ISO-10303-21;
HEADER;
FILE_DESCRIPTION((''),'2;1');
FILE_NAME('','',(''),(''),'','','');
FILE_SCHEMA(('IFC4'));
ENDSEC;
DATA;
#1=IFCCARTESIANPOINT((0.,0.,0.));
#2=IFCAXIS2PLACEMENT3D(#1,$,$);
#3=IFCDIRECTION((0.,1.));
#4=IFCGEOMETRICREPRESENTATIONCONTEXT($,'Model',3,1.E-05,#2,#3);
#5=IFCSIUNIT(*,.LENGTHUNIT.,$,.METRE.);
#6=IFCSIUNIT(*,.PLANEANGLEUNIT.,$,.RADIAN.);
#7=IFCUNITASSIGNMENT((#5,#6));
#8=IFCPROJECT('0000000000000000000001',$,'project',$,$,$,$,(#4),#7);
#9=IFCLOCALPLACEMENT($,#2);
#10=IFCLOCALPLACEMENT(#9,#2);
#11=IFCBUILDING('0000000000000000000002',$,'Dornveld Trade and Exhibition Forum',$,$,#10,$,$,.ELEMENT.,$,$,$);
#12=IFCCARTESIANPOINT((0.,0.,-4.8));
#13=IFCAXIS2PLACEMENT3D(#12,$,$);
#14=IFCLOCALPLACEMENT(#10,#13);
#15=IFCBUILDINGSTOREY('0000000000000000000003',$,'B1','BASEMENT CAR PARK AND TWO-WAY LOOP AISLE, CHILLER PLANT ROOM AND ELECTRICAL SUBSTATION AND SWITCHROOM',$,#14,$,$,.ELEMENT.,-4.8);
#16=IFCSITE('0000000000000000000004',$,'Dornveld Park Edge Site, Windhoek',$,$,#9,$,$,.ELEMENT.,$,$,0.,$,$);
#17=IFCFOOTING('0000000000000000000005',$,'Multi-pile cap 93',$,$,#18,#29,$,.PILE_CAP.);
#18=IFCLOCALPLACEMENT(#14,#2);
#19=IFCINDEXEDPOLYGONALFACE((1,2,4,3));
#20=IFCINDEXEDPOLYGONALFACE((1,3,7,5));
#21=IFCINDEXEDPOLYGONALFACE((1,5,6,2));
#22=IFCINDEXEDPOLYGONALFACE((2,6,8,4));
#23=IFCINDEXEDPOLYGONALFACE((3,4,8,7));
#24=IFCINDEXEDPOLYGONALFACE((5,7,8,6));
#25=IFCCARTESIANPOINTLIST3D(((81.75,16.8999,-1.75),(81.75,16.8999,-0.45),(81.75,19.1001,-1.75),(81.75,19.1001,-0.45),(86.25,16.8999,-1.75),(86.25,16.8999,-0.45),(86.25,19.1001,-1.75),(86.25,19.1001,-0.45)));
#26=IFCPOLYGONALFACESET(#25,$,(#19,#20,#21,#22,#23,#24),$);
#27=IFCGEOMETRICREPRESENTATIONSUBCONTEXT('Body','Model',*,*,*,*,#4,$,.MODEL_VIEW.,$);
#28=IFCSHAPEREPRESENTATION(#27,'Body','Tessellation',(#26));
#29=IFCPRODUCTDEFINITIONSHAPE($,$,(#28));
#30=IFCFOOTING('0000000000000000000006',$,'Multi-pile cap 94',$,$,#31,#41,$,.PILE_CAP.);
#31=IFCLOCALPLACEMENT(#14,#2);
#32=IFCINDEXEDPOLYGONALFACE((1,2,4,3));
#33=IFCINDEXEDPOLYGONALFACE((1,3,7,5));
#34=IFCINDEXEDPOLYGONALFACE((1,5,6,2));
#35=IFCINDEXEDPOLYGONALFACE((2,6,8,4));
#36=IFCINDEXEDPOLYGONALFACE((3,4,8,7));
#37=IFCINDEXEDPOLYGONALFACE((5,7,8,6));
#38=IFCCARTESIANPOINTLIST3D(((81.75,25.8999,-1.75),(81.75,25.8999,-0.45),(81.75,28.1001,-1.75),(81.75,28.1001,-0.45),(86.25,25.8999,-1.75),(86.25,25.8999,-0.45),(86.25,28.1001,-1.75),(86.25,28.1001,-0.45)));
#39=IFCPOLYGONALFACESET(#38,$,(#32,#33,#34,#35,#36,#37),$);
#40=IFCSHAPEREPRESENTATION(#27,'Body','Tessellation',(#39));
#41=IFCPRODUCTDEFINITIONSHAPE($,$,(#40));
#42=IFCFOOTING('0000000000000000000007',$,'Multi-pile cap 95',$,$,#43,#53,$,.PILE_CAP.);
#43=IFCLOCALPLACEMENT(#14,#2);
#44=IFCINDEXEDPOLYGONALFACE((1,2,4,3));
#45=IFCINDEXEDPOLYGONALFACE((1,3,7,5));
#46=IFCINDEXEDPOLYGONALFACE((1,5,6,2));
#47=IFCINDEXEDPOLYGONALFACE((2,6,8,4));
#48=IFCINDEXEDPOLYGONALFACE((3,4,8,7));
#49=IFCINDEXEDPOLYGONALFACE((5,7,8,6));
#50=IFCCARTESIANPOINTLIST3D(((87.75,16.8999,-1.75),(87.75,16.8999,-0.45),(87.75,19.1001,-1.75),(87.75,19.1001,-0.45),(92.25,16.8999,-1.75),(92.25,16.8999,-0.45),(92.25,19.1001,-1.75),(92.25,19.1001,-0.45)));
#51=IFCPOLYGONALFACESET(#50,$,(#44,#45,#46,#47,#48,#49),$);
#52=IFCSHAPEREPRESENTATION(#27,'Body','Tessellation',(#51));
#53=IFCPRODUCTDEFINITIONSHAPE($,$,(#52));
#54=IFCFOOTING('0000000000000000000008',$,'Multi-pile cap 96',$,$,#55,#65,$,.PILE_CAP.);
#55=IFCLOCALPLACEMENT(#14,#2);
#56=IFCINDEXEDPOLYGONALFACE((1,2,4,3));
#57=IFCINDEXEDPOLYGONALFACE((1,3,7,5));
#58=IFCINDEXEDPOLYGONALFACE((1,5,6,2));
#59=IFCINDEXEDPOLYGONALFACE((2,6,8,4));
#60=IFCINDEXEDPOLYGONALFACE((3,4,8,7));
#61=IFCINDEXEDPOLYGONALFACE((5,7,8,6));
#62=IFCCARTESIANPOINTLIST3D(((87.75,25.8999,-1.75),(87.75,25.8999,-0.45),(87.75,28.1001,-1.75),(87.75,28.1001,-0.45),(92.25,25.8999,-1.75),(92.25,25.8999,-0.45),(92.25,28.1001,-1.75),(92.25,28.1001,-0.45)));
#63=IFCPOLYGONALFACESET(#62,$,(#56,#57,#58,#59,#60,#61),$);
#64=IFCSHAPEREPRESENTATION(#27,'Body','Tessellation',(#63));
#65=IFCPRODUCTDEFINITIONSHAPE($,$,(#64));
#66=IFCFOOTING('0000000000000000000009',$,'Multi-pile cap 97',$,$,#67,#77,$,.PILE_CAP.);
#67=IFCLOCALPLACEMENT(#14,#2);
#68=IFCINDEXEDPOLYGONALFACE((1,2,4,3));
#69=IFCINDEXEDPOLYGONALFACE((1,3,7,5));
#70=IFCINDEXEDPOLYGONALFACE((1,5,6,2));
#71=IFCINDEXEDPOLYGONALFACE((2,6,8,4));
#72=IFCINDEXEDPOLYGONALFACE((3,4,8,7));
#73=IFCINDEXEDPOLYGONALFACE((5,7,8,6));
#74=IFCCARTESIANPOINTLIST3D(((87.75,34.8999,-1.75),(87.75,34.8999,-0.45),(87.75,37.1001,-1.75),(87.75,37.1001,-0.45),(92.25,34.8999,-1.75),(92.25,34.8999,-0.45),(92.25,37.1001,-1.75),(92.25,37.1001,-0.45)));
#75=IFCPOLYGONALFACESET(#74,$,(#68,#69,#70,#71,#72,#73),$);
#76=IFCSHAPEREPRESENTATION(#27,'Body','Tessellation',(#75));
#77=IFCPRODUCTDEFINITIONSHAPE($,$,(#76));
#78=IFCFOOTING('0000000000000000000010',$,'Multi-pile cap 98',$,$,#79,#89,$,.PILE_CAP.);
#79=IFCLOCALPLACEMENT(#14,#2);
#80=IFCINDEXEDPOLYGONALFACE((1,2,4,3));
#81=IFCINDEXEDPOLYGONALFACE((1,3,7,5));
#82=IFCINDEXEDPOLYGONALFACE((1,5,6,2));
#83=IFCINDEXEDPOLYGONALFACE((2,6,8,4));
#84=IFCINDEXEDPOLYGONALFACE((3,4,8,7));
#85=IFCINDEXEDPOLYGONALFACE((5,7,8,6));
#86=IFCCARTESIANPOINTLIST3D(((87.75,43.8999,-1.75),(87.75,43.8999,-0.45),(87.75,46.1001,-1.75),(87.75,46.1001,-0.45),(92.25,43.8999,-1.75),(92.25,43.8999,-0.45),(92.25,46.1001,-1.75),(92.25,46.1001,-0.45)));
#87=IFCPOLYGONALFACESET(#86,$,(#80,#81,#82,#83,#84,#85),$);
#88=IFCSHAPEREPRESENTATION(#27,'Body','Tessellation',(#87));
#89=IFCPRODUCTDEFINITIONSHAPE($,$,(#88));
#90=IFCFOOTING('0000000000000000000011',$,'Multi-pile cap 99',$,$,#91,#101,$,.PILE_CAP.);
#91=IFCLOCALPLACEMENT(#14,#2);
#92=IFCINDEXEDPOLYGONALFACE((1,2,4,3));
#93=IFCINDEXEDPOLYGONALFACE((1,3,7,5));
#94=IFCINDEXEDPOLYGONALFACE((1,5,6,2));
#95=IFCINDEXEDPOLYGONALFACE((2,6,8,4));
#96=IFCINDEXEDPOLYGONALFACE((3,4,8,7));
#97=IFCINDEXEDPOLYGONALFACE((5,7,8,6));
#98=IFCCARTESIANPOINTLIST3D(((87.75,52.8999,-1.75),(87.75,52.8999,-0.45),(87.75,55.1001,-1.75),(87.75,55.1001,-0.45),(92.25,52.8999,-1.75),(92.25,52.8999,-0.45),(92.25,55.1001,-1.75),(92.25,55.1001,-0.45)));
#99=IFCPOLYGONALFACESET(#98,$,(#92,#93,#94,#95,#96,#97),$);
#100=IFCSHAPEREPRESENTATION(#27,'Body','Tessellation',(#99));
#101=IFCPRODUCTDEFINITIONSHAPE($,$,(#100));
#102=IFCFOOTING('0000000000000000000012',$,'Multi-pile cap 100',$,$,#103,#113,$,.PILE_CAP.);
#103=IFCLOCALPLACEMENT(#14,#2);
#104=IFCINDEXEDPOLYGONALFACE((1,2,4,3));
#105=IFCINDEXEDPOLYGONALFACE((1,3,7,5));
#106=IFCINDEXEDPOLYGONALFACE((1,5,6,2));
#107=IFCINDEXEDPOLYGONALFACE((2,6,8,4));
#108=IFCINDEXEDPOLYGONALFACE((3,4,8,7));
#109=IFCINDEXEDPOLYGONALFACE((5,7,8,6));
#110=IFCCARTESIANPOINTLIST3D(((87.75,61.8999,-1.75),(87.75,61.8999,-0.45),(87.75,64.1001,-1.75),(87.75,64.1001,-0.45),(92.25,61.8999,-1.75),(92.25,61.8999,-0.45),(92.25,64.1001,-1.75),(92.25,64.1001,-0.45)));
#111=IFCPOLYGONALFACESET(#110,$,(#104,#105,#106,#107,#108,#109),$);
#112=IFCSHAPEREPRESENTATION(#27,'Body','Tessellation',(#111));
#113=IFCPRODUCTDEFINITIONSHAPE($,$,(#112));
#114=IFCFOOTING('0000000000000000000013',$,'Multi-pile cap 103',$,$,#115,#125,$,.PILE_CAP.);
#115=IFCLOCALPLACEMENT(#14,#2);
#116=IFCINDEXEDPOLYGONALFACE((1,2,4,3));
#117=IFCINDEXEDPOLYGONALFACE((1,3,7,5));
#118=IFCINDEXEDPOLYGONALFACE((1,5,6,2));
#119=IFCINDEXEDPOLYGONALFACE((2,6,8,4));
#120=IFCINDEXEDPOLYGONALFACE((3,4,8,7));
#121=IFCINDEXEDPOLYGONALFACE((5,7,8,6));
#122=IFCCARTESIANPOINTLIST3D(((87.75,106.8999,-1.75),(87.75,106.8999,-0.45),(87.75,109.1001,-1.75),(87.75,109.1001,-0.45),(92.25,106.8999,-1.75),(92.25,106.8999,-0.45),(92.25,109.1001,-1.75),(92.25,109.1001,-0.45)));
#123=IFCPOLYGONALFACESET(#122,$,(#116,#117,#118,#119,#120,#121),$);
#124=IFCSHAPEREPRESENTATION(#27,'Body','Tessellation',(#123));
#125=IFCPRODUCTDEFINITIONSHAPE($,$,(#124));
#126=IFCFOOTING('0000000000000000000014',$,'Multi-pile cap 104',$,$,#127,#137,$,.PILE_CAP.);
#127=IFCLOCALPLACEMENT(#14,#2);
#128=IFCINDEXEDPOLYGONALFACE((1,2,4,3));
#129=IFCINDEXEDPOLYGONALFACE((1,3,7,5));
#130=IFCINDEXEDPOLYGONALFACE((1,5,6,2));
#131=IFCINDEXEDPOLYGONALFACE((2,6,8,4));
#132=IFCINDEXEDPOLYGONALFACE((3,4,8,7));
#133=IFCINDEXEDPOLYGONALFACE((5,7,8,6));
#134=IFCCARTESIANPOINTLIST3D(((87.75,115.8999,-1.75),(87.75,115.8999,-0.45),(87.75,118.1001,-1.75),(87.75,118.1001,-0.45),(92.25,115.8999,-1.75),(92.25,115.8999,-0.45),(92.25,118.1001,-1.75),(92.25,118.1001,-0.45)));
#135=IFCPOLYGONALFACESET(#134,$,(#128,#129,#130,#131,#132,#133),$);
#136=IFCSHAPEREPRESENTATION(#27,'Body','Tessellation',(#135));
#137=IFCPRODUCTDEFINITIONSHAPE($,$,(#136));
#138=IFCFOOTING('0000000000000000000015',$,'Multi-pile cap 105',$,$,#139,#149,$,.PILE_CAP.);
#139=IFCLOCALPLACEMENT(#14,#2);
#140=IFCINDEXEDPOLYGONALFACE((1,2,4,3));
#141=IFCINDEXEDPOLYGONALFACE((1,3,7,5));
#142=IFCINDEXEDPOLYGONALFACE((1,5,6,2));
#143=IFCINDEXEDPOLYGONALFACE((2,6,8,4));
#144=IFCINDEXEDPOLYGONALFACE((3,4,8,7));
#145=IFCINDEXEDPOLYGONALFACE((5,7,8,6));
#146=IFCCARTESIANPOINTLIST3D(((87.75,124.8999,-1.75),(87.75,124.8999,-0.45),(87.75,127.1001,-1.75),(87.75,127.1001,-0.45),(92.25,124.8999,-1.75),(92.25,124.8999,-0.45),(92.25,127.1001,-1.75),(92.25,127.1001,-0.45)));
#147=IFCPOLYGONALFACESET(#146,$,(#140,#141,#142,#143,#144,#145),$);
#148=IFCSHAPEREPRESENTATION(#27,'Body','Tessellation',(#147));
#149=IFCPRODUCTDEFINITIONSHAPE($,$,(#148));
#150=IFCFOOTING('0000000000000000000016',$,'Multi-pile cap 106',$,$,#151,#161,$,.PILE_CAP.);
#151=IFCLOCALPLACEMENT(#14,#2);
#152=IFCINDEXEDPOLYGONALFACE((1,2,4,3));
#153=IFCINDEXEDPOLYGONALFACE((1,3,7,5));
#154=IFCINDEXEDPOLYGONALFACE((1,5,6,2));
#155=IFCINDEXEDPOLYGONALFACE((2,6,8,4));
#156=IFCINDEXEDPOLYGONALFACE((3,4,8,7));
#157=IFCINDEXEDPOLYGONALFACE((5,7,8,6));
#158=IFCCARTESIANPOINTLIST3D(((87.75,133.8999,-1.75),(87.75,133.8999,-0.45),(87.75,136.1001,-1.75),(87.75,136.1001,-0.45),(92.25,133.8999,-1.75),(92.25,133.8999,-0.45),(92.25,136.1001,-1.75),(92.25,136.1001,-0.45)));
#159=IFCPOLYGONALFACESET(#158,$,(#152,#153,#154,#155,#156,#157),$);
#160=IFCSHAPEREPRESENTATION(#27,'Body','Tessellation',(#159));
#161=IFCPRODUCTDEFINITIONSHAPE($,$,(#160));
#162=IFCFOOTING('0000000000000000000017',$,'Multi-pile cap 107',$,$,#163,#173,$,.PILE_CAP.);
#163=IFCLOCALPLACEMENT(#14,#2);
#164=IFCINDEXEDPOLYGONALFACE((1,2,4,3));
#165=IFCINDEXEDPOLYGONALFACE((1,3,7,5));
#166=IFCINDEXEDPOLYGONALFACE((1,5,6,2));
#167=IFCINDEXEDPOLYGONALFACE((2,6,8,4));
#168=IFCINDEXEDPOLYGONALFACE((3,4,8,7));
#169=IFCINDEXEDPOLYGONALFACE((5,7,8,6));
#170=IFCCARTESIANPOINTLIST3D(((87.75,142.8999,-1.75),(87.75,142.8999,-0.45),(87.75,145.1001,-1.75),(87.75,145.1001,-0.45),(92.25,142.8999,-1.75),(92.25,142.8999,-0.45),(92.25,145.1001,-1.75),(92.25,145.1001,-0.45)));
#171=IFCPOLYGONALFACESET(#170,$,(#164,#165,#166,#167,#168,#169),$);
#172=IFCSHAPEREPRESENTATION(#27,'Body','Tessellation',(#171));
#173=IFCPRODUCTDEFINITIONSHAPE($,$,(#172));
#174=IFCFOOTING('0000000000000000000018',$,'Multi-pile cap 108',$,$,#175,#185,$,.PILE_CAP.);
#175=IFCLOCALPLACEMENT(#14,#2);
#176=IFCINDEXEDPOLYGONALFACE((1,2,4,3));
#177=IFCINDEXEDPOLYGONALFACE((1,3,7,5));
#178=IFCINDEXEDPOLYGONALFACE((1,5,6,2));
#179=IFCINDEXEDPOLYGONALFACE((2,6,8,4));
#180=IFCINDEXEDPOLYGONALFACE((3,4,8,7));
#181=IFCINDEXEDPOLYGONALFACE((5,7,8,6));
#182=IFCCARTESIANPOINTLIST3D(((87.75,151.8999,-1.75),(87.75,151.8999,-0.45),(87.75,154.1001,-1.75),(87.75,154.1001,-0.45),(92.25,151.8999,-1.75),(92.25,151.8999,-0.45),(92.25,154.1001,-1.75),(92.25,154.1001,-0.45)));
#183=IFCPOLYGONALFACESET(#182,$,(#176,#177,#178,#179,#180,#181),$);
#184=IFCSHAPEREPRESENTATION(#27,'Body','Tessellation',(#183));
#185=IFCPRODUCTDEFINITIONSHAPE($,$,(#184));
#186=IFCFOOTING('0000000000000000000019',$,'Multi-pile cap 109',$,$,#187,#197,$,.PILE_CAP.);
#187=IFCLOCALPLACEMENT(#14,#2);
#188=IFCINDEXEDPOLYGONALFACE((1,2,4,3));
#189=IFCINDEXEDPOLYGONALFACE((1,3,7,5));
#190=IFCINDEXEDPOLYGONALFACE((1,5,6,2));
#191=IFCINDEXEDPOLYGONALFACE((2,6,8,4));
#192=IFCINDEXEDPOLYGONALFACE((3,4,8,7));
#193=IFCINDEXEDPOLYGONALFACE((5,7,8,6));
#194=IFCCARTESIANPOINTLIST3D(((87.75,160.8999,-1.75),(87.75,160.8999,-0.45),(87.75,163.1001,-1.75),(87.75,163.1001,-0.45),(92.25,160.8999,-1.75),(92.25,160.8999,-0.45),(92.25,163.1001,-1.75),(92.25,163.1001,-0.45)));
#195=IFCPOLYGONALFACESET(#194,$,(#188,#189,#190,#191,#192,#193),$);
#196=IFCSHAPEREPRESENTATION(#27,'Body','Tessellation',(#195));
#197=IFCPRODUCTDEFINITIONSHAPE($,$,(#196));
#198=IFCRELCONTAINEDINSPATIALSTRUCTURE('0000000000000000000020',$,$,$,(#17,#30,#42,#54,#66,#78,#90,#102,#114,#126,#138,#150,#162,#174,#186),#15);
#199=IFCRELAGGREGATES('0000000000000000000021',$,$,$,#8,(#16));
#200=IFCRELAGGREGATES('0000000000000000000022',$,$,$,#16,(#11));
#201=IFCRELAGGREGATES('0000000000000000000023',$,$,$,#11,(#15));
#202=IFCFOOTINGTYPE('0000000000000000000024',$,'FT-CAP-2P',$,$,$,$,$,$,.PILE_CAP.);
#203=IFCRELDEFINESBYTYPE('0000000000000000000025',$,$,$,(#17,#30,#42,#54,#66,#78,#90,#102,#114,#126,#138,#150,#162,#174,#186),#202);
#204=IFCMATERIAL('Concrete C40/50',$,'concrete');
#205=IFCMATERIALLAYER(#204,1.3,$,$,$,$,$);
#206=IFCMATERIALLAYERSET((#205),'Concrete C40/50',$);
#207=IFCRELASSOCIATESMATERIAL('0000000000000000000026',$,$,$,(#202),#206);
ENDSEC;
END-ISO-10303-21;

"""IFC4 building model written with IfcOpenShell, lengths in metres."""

from ifc_helpers import new_model, si_unit, direction, frame, origin, place, context, subcontext, project, spatial, polyline, outline, extrude, material, layer, layer_set, type_object, element, save


model = new_model("IFC4")

# Units and contexts
model_context = context("Model", 3, precision=1e-05, world=origin(), true_north=direction((0.0, 1.0)))
body_context = subcontext(model_context, "Body", "Model", "MODEL_VIEW")
ifc_project = project(units=[si_unit("LENGTHUNIT", "METRE"), si_unit("PLANEANGLEUNIT", "RADIAN")], contexts=[model_context])

# Site, building, storey
site_placement = place(None, origin())
site = spatial("IfcSite", under=ifc_project, at=site_placement, Name="Dornveld Park Edge Site, Windhoek", CompositionType="ELEMENT", RefElevation=0.0)
building_placement = place(site_placement, origin())
building = spatial("IfcBuilding", under=site, at=building_placement, Name="Dornveld Trade and Exhibition Forum", CompositionType="ELEMENT")
storey_placement = place(building_placement, frame((0.0, 0.0, -4.8)))
storey = spatial("IfcBuildingStorey", under=building, at=storey_placement, Name="B1", Description="BASEMENT CAR PARK AND TWO-WAY LOOP AISLE, CHILLER PLANT ROOM AND ELECTRICAL SUBSTATION AND SWITCHROOM", CompositionType="ELEMENT", Elevation=-4.8)

# Footings
ifc_material = material(Name="Concrete C40/50", Category="concrete")
ifc_layer = layer(ifc_material, 1.3)
ifc_layer_set = layer_set([ifc_layer], Name="Concrete C40/50")
footing_type = type_object("IfcFootingType", Name="FT-CAP-2P", PredefinedType="PILE_CAP", material=ifc_layer_set)
footing_1_placement = place(storey_placement, frame((0.0, 0.0, -1.75)))
element("IfcFooting", 1, at=footing_1_placement, inside=storey, type_object=footing_type, Name="Multi-pile cap 93", PredefinedType="PILE_CAP", context=body_context, shape_type="SweptSolid", body=[
    extrude(outline(polyline([(81.75, 16.8999), (86.25, 16.8999), (86.25, 19.1001), (81.75, 19.1001), (81.75, 16.8999)])), origin(), (0.0, 0.0, 1.0), 1.3),
])
footing_2_placement = place(storey_placement, frame((0.0, 0.0, -1.75)))
element("IfcFooting", 2, at=footing_2_placement, inside=storey, type_object=footing_type, Name="Multi-pile cap 94", PredefinedType="PILE_CAP", context=body_context, shape_type="SweptSolid", body=[
    extrude(outline(polyline([(81.75, 25.8999), (86.25, 25.8999), (86.25, 28.1001), (81.75, 28.1001), (81.75, 25.8999)])), origin(), (0.0, 0.0, 1.0), 1.3),
])
footing_3_placement = place(storey_placement, frame((0.0, 0.0, -1.75)))
element("IfcFooting", 3, at=footing_3_placement, inside=storey, type_object=footing_type, Name="Multi-pile cap 95", PredefinedType="PILE_CAP", context=body_context, shape_type="SweptSolid", body=[
    extrude(outline(polyline([(87.75, 16.8999), (92.25, 16.8999), (92.25, 19.1001), (87.75, 19.1001), (87.75, 16.8999)])), origin(), (0.0, 0.0, 1.0), 1.3),
])
footing_4_placement = place(storey_placement, frame((0.0, 0.0, -1.75)))
element("IfcFooting", 4, at=footing_4_placement, inside=storey, type_object=footing_type, Name="Multi-pile cap 96", PredefinedType="PILE_CAP", context=body_context, shape_type="SweptSolid", body=[
    extrude(outline(polyline([(87.75, 25.8999), (92.25, 25.8999), (92.25, 28.1001), (87.75, 28.1001), (87.75, 25.8999)])), origin(), (0.0, 0.0, 1.0), 1.3),
])
footing_5_placement = place(storey_placement, frame((0.0, 0.0, -1.75)))
element("IfcFooting", 5, at=footing_5_placement, inside=storey, type_object=footing_type, Name="Multi-pile cap 97", PredefinedType="PILE_CAP", context=body_context, shape_type="SweptSolid", body=[
    extrude(outline(polyline([(87.75, 34.8999), (92.25, 34.8999), (92.25, 37.1001), (87.75, 37.1001), (87.75, 34.8999)])), origin(), (0.0, 0.0, 1.0), 1.3),
])
footing_6_placement = place(storey_placement, frame((0.0, 0.0, -1.75)))
element("IfcFooting", 6, at=footing_6_placement, inside=storey, type_object=footing_type, Name="Multi-pile cap 98", PredefinedType="PILE_CAP", context=body_context, shape_type="SweptSolid", body=[
    extrude(outline(polyline([(87.75, 43.8999), (92.25, 43.8999), (92.25, 46.1001), (87.75, 46.1001), (87.75, 43.8999)])), origin(), (0.0, 0.0, 1.0), 1.3),
])
footing_7_placement = place(storey_placement, frame((0.0, 0.0, -1.75)))
element("IfcFooting", 7, at=footing_7_placement, inside=storey, type_object=footing_type, Name="Multi-pile cap 99", PredefinedType="PILE_CAP", context=body_context, shape_type="SweptSolid", body=[
    extrude(outline(polyline([(87.75, 52.8999), (92.25, 52.8999), (92.25, 55.1001), (87.75, 55.1001), (87.75, 52.8999)])), origin(), (0.0, 0.0, 1.0), 1.3),
])
footing_8_placement = place(storey_placement, frame((0.0, 0.0, -1.75)))
element("IfcFooting", 8, at=footing_8_placement, inside=storey, type_object=footing_type, Name="Multi-pile cap 100", PredefinedType="PILE_CAP", context=body_context, shape_type="SweptSolid", body=[
    extrude(outline(polyline([(87.75, 61.8999), (92.25, 61.8999), (92.25, 64.1001), (87.75, 64.1001), (87.75, 61.8999)])), origin(), (0.0, 0.0, 1.0), 1.3),
])
footing_9_placement = place(storey_placement, frame((0.0, 0.0, -1.75)))
element("IfcFooting", 9, at=footing_9_placement, inside=storey, type_object=footing_type, Name="Multi-pile cap 103", PredefinedType="PILE_CAP", context=body_context, shape_type="SweptSolid", body=[
    extrude(outline(polyline([(87.75, 106.8999), (92.25, 106.8999), (92.25, 109.1001), (87.75, 109.1001), (87.75, 106.8999)])), origin(), (0.0, 0.0, 1.0), 1.3),
])
footing_10_placement = place(storey_placement, frame((0.0, 0.0, -1.75)))
element("IfcFooting", 10, at=footing_10_placement, inside=storey, type_object=footing_type, Name="Multi-pile cap 104", PredefinedType="PILE_CAP", context=body_context, shape_type="SweptSolid", body=[
    extrude(outline(polyline([(87.75, 115.8999), (92.25, 115.8999), (92.25, 118.1001), (87.75, 118.1001), (87.75, 115.8999)])), origin(), (0.0, 0.0, 1.0), 1.3),
])
footing_11_placement = place(storey_placement, frame((0.0, 0.0, -1.75)))
element("IfcFooting", 11, at=footing_11_placement, inside=storey, type_object=footing_type, Name="Multi-pile cap 105", PredefinedType="PILE_CAP", context=body_context, shape_type="SweptSolid", body=[
    extrude(outline(polyline([(87.75, 124.8999), (92.25, 124.8999), (92.25, 127.1001), (87.75, 127.1001), (87.75, 124.8999)])), origin(), (0.0, 0.0, 1.0), 1.3),
])
footing_12_placement = place(storey_placement, frame((0.0, 0.0, -1.75)))
element("IfcFooting", 12, at=footing_12_placement, inside=storey, type_object=footing_type, Name="Multi-pile cap 106", PredefinedType="PILE_CAP", context=body_context, shape_type="SweptSolid", body=[
    extrude(outline(polyline([(87.75, 133.8999), (92.25, 133.8999), (92.25, 136.1001), (87.75, 136.1001), (87.75, 133.8999)])), origin(), (0.0, 0.0, 1.0), 1.3),
])
footing_13_placement = place(storey_placement, frame((0.0, 0.0, -1.75)))
element("IfcFooting", 13, at=footing_13_placement, inside=storey, type_object=footing_type, Name="Multi-pile cap 107", PredefinedType="PILE_CAP", context=body_context, shape_type="SweptSolid", body=[
    extrude(outline(polyline([(87.75, 142.8999), (92.25, 142.8999), (92.25, 145.1001), (87.75, 145.1001), (87.75, 142.8999)])), origin(), (0.0, 0.0, 1.0), 1.3),
])
footing_14_placement = place(storey_placement, frame((0.0, 0.0, -1.75)))
element("IfcFooting", 14, at=footing_14_placement, inside=storey, type_object=footing_type, Name="Multi-pile cap 108", PredefinedType="PILE_CAP", context=body_context, shape_type="SweptSolid", body=[
    extrude(outline(polyline([(87.75, 151.8999), (92.25, 151.8999), (92.25, 154.1001), (87.75, 154.1001), (87.75, 151.8999)])), origin(), (0.0, 0.0, 1.0), 1.3),
])
footing_15_placement = place(storey_placement, frame((0.0, 0.0, -1.75)))
element("IfcFooting", 15, at=footing_15_placement, inside=storey, type_object=footing_type, Name="Multi-pile cap 109", PredefinedType="PILE_CAP", context=body_context, shape_type="SweptSolid", body=[
    extrude(outline(polyline([(87.75, 160.8999), (92.25, 160.8999), (92.25, 163.1001), (87.75, 163.1001), (87.75, 160.8999)])), origin(), (0.0, 0.0, 1.0), 1.3),
])

save(model, "model.ifc")
